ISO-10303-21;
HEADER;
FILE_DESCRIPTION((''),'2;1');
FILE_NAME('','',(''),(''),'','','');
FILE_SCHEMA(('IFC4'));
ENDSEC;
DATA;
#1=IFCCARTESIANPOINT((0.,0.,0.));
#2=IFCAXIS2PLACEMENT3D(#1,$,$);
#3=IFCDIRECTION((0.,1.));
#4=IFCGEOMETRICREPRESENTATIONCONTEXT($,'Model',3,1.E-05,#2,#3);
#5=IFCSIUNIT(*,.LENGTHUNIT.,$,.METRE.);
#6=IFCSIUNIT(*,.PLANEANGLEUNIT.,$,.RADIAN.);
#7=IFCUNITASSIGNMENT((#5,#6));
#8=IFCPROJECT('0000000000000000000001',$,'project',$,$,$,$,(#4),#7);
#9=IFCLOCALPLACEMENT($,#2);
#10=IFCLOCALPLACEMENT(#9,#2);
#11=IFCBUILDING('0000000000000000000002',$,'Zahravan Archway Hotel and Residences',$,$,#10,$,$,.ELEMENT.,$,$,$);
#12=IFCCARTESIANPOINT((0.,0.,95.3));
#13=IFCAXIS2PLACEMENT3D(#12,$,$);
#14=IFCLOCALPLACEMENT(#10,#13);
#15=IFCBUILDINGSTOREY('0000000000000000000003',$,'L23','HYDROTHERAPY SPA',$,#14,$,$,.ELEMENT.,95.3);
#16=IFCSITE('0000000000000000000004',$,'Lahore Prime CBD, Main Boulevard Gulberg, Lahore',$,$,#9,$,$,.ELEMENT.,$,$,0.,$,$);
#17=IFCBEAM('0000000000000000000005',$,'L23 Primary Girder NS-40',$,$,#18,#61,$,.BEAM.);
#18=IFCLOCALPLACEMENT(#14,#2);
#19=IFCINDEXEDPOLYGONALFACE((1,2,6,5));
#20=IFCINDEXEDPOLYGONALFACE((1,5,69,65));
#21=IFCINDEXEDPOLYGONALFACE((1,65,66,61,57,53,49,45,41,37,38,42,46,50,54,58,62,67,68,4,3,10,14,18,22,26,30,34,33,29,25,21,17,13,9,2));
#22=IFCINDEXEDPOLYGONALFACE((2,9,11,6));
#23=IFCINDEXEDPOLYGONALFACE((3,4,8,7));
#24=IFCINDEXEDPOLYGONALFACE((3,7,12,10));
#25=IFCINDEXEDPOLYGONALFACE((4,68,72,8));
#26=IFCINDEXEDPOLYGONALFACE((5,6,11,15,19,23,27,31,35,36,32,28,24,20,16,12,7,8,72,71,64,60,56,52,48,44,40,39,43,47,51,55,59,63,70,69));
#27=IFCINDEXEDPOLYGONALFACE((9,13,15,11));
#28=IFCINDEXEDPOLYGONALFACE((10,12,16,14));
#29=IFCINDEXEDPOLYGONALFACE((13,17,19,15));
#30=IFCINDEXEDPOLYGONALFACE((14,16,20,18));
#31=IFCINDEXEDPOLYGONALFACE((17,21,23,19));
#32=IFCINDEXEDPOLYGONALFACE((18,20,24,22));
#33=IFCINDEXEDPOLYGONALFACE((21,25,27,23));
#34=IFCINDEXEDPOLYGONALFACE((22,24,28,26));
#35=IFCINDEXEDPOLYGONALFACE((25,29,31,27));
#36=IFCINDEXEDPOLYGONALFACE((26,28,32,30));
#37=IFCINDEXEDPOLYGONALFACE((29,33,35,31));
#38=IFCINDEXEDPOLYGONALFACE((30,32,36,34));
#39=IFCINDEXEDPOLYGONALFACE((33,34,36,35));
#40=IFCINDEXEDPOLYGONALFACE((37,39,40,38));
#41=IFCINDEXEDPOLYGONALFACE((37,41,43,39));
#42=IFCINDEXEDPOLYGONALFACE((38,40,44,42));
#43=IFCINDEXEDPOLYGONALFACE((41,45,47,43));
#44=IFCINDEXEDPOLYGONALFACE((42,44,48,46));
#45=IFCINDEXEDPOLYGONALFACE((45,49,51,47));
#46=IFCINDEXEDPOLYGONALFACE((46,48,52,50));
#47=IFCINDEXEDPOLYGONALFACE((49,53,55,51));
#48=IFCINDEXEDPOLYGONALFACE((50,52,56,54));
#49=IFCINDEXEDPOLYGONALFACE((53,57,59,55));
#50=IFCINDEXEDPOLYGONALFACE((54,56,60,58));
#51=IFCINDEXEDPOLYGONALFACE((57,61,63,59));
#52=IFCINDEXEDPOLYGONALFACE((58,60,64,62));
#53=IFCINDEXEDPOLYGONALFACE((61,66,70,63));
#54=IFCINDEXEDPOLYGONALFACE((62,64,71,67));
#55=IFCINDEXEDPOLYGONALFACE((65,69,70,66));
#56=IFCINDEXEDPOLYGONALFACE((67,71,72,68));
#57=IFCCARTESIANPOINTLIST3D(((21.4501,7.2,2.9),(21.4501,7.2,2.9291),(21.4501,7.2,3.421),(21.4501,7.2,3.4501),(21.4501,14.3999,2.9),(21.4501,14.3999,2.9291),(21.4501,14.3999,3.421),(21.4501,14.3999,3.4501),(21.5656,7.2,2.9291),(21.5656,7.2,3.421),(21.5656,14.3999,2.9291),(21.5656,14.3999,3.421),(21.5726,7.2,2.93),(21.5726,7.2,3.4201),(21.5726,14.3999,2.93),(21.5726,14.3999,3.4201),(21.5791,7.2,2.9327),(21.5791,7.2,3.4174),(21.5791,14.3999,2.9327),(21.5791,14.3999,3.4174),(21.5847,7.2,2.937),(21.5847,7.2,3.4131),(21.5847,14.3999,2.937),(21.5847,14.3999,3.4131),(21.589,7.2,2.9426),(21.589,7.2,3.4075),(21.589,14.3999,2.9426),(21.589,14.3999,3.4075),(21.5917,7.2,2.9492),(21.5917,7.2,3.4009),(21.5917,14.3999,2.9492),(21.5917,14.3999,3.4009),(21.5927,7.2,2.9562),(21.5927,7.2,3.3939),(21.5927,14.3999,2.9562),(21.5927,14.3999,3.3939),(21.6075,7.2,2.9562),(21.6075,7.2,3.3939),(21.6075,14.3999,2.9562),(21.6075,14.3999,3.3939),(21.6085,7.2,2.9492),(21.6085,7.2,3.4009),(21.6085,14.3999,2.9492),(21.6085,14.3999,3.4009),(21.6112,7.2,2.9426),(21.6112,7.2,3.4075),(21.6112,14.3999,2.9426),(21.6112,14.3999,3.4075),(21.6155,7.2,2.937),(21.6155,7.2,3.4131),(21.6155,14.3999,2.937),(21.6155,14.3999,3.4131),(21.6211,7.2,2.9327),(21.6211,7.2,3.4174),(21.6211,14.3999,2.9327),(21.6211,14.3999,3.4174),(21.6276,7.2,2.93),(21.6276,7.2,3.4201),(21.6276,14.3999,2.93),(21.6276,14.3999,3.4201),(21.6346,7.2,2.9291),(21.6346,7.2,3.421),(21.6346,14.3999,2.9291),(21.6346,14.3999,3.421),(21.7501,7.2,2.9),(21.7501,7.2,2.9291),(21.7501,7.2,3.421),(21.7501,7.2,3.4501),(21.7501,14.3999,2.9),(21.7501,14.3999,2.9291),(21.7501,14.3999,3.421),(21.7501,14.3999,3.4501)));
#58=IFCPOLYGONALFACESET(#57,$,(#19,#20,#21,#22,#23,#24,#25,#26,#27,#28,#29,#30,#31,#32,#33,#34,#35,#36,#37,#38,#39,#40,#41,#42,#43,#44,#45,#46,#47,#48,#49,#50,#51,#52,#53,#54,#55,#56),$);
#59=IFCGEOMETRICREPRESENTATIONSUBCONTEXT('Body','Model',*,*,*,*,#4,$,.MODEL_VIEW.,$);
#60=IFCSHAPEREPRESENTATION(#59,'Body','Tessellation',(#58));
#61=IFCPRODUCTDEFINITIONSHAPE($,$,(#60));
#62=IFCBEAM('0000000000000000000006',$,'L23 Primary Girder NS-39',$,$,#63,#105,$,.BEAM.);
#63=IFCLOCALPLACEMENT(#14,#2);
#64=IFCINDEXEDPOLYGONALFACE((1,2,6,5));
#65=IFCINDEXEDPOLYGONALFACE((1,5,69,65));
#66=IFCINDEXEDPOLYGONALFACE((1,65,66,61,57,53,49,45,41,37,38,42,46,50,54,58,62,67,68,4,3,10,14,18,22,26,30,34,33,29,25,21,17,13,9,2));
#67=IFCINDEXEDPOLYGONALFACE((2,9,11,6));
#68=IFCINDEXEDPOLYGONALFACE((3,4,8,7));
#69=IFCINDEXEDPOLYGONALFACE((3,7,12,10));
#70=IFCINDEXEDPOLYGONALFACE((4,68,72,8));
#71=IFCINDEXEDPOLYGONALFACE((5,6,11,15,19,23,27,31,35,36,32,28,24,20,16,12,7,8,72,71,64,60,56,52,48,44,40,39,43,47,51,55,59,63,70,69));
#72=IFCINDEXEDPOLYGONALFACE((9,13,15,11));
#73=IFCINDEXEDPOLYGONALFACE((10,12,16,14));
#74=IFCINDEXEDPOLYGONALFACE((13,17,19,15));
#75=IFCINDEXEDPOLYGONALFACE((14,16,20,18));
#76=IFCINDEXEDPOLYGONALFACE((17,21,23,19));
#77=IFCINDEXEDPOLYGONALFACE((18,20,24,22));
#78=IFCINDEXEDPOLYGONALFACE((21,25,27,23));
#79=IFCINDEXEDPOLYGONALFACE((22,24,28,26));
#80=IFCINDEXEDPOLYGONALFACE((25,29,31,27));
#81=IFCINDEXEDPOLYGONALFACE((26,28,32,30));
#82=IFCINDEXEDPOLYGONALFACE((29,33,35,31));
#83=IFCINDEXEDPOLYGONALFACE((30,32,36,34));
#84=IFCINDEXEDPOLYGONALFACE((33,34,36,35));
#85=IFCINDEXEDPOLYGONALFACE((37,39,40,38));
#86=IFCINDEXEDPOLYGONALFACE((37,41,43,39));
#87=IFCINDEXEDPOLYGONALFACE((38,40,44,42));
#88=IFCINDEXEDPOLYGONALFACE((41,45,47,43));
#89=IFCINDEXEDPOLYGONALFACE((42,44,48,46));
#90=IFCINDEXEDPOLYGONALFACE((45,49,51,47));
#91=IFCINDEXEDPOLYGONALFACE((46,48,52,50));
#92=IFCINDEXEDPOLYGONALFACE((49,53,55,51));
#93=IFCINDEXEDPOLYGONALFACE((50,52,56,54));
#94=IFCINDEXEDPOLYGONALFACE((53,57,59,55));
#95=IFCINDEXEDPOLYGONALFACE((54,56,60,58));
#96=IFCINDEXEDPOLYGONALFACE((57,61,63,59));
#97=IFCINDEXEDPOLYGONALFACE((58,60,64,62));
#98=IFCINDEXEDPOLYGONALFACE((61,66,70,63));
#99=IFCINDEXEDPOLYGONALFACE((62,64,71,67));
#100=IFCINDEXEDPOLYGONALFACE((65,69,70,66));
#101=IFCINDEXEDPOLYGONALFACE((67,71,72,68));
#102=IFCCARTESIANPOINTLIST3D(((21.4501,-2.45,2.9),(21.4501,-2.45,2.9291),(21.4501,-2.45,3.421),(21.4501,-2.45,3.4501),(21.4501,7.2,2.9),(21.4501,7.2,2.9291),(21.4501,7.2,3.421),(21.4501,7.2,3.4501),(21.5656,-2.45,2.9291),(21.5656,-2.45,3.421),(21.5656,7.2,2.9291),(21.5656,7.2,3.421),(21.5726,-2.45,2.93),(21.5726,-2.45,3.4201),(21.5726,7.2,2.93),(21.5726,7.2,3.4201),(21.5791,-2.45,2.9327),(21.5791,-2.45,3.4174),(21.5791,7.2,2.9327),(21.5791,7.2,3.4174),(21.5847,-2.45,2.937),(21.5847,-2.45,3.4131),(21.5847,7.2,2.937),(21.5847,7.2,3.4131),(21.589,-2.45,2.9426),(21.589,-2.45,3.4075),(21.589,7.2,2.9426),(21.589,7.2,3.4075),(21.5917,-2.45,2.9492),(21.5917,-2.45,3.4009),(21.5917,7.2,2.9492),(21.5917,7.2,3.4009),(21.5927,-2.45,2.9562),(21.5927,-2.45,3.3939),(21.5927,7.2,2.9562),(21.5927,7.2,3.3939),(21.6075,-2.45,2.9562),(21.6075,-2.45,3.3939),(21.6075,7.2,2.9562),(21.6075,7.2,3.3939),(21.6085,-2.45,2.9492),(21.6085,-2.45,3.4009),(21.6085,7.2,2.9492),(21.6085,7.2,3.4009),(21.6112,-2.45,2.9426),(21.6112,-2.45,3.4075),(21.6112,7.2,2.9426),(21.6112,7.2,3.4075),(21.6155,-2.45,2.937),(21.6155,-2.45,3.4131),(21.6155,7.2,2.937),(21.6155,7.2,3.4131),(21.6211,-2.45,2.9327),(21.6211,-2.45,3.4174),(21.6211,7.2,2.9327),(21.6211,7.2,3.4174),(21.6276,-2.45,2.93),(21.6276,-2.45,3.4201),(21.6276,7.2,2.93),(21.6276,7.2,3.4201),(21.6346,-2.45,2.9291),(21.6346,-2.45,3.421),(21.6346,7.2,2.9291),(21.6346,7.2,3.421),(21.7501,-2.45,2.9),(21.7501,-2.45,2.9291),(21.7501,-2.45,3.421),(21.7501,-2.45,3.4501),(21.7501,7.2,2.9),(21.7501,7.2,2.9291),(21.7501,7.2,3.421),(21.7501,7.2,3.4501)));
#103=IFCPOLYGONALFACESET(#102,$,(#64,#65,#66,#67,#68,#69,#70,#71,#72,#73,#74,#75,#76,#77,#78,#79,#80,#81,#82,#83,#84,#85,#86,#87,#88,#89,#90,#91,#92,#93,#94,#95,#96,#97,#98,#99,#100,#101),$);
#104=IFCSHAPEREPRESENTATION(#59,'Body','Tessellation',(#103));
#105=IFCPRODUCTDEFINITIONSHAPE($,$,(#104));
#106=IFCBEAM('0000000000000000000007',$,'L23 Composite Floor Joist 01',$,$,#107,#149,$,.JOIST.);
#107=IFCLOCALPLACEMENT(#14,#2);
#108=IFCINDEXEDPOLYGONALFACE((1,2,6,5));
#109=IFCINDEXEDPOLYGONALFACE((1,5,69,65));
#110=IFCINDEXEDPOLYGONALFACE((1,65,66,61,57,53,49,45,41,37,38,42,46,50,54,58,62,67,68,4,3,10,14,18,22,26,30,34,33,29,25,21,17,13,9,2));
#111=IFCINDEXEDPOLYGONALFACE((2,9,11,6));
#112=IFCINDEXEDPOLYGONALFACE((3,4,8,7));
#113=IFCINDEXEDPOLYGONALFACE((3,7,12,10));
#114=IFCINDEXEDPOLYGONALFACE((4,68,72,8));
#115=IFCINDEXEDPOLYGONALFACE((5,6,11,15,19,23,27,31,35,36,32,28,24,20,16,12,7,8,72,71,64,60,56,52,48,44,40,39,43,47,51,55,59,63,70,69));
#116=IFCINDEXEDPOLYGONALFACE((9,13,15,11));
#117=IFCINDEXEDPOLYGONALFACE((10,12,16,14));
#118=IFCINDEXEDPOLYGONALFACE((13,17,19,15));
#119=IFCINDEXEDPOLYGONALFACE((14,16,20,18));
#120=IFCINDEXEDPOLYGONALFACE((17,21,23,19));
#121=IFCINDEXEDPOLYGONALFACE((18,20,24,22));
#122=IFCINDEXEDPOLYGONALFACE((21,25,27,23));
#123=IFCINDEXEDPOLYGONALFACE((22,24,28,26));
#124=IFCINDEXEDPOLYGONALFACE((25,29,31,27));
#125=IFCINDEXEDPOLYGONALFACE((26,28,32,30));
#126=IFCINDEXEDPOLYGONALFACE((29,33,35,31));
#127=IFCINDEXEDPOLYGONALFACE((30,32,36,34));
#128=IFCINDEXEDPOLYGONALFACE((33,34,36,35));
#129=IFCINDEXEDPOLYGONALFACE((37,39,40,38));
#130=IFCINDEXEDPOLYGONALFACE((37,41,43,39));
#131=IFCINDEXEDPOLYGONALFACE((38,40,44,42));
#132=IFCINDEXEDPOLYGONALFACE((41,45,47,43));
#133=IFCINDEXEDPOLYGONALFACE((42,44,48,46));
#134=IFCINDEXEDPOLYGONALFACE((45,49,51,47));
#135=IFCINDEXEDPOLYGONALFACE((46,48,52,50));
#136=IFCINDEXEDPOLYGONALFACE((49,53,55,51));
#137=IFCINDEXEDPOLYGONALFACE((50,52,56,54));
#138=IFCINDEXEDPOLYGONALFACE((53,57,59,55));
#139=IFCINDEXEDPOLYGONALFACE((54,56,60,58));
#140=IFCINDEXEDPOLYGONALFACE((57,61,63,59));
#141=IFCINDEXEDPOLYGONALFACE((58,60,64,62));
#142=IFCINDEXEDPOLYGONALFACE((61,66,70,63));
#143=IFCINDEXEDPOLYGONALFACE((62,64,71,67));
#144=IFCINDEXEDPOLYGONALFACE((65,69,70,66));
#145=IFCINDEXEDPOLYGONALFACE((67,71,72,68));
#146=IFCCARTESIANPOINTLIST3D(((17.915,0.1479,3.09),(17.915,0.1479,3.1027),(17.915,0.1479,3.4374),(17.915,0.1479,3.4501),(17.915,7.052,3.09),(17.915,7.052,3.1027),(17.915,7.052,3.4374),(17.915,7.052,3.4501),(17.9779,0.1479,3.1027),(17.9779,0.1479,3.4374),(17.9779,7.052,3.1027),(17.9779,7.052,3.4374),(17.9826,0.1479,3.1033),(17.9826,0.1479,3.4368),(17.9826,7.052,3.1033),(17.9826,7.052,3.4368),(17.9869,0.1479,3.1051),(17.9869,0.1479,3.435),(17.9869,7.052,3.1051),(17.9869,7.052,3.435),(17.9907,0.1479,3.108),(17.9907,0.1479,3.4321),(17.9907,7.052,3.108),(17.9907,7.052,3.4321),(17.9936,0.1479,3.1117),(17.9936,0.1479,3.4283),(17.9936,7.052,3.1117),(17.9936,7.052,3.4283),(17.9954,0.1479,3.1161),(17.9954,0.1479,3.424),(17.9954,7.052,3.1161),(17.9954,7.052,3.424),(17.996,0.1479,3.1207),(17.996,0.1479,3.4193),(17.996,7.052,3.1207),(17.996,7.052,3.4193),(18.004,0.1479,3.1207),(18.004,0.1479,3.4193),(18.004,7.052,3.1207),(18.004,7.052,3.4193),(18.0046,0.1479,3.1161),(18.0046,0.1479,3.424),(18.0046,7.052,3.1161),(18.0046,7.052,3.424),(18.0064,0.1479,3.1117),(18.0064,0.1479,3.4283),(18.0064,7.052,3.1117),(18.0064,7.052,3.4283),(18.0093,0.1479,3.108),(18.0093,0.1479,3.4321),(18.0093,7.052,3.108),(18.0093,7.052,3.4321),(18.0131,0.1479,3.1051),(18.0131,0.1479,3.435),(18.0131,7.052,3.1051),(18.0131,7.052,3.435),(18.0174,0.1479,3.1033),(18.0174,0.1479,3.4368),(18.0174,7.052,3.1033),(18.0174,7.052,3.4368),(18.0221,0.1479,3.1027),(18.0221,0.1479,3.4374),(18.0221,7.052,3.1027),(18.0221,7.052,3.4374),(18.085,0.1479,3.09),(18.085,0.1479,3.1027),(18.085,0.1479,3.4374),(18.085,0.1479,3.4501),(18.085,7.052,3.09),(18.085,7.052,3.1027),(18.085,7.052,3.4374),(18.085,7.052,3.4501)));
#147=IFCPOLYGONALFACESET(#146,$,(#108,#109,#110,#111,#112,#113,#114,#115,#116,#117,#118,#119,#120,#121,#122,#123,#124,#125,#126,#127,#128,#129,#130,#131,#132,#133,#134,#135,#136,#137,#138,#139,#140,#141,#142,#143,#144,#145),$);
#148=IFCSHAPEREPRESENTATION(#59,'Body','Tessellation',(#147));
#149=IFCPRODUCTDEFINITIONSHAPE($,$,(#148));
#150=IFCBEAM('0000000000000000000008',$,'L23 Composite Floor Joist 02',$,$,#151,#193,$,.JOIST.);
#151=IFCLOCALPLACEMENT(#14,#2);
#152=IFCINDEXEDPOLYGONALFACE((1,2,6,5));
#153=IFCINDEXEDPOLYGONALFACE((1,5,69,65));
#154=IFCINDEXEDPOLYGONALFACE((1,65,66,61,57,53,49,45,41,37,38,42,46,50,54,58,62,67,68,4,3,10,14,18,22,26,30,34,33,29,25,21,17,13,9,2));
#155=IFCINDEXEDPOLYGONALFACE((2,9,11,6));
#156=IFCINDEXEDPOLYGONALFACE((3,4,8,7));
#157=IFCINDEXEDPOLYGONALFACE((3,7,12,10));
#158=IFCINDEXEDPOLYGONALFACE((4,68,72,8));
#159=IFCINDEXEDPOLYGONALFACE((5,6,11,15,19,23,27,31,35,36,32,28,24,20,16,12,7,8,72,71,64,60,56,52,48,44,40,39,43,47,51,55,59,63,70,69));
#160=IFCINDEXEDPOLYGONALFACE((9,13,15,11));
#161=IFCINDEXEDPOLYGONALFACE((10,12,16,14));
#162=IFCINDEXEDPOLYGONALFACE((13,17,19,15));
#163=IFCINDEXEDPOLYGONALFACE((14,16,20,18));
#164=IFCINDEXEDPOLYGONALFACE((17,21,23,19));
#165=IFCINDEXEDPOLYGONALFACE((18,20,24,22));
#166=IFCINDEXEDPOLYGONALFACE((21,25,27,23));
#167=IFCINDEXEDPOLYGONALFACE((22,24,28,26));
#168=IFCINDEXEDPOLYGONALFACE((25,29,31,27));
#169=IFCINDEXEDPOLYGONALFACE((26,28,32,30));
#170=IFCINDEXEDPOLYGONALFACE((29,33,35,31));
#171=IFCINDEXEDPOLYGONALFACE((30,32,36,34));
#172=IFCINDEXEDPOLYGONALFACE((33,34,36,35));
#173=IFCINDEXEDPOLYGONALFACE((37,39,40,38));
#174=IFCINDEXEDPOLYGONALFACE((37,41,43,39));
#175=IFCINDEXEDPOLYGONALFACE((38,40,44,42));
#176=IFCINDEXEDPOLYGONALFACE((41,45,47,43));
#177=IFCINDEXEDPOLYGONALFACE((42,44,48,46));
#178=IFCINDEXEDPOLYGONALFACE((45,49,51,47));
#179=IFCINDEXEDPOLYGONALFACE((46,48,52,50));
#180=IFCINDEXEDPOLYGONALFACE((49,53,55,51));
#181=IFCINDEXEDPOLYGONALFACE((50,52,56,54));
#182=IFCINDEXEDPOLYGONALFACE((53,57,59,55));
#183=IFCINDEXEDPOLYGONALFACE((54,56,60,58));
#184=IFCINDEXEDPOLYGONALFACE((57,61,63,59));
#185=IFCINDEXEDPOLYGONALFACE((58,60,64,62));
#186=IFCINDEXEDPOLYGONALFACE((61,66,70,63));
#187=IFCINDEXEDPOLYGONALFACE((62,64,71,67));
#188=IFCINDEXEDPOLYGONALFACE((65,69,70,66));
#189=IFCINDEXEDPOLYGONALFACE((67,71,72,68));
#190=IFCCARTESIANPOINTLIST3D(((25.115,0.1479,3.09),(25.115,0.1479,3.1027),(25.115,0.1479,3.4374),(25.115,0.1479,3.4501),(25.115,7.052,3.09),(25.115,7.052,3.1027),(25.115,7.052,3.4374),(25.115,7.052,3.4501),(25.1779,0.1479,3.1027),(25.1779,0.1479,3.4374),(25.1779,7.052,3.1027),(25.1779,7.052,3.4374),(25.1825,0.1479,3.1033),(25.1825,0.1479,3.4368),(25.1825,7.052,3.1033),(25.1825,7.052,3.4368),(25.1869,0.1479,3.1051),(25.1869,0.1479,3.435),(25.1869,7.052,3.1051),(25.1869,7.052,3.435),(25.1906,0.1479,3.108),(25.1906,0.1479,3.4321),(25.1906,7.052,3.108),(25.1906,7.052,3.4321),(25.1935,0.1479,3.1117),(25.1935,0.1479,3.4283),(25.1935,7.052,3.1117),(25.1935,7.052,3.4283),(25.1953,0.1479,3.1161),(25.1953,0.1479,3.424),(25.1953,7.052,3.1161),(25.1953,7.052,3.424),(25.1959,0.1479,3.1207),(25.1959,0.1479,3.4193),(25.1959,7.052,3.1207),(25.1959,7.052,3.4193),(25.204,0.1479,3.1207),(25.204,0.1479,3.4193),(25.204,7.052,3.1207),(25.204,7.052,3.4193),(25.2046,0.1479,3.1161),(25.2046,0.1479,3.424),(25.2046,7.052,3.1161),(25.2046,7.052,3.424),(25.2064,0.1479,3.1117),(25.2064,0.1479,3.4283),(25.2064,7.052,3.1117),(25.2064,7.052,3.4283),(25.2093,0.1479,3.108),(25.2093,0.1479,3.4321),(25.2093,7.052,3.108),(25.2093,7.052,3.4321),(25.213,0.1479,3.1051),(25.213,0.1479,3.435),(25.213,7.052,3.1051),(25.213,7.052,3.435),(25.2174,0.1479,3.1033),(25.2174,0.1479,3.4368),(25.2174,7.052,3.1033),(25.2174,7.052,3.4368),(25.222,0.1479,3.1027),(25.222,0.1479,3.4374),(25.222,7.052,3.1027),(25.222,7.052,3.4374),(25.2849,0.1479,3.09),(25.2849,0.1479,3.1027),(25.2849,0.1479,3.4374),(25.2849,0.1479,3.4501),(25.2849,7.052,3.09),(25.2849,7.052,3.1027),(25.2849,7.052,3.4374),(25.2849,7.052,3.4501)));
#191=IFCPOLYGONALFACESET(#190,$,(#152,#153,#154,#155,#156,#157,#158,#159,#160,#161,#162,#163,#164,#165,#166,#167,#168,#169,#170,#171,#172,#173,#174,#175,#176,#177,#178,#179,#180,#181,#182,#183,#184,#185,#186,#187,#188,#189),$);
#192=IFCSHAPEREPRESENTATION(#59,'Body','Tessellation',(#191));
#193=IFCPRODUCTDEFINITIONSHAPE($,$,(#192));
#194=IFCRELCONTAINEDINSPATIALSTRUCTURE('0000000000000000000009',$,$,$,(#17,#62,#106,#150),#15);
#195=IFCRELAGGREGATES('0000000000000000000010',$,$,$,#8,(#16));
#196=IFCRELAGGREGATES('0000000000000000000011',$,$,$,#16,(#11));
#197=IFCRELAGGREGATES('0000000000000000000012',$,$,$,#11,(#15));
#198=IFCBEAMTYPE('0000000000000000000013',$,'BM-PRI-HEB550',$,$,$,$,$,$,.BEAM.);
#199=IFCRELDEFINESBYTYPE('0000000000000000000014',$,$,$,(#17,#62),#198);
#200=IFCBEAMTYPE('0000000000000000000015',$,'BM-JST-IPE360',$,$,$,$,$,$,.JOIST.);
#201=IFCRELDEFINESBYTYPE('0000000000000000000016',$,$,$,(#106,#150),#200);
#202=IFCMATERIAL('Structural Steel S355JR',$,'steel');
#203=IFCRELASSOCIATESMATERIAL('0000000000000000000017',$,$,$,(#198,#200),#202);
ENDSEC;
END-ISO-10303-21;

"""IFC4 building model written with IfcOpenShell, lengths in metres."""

from ifc_helpers import new_model, si_unit, direction, frame, origin, origin_2d, place, context, subcontext, project, spatial, i_section, extrude, source, transform, mapped, material, material_profile, profile_set, type_object, type_shapes, element, save


model = new_model("IFC4")

# Units and contexts
model_context = context("Model", 3, precision=1e-05, world=origin(), true_north=direction((0.0, 1.0)))
body_context = subcontext(model_context, "Body", "Model", "MODEL_VIEW")
ifc_project = project(units=[si_unit("LENGTHUNIT", "METRE"), si_unit("PLANEANGLEUNIT", "RADIAN")], contexts=[model_context])

# Site, building, storey
site_placement = place(None, origin())
site = spatial("IfcSite", under=ifc_project, at=site_placement, Name="Lahore Prime CBD, Main Boulevard Gulberg, Lahore", CompositionType="ELEMENT", RefElevation=0.0)
building_placement = place(site_placement, origin())
building = spatial("IfcBuilding", under=site, at=building_placement, Name="Zahravan Archway Hotel and Residences", CompositionType="ELEMENT")
storey_placement = place(building_placement, frame((0.0, 0.0, 95.3)))
storey = spatial("IfcBuildingStorey", under=building, at=storey_placement, Name="L23", Description="HYDROTHERAPY SPA", CompositionType="ELEMENT", Elevation=95.3)

# Beams
ifc_material_1 = material(Name="Structural Steel S355JR", Category="steel")
ifc_material_profile_1 = material_profile(ifc_material_1, i_section(OverallWidth=0.3, OverallDepth=0.55, WebThickness=0.0149, FlangeThickness=0.0291, FilletRadius=0.0271, at=origin_2d()), Name="HEB 550", Category="steel")
ifc_profile_set_1 = profile_set([ifc_material_profile_1], Name="Structural Steel S355JR")
beam_type_1 = type_object("IfcBeamType", Name="BM-PRI-HEB550", PredefinedType="BEAM", material=ifc_profile_set_1)
shared_shape_1 = source(origin(), body_context, "Body", "SweptSolid", [
    extrude(i_section(OverallWidth=0.3, OverallDepth=0.55, WebThickness=0.0149, FlangeThickness=0.0291, FilletRadius=0.0271, at=origin_2d()), origin(), (0.0, 0.0, 1.0), 7.2),
])
for number, where, z_axis, x_axis, name in (
    (1, (21.6001, 7.2, 3.175), (0.0, 1.0, 0.0), (-1.0, 0.0, 0.0), "L23 Primary Girder NS-40"),
):
    element("IfcBeam", number, at=place(storey_placement, frame(where, z_axis=z_axis, x_axis=x_axis)), inside=storey, type_object=beam_type_1, Name=name, PredefinedType="BEAM", context=body_context, shape_type="MappedRepresentation", body=[
        mapped(shared_shape_1, transform((0.0, 0.0, 0.0), scale=1.0)),
    ])
shared_shape_2 = source(origin(), body_context, "Body", "SweptSolid", [
    extrude(i_section(OverallWidth=0.3, OverallDepth=0.55, WebThickness=0.0149, FlangeThickness=0.0291, FilletRadius=0.0271, at=origin_2d()), origin(), (0.0, 0.0, 1.0), 9.6499),
])
beam_1_placement = place(storey_placement, frame((21.6001, -2.45, 3.175), z_axis=(0.0, 1.0, 0.0), x_axis=(-1.0, 0.0, 0.0)))
element("IfcBeam", 2, at=beam_1_placement, inside=storey, type_object=beam_type_1, Name="L23 Primary Girder NS-39", PredefinedType="BEAM", context=body_context, shape_type="MappedRepresentation", body=[
    mapped(shared_shape_2, transform((0.0, 0.0, 0.0), scale=1.0)),
])
ifc_material_profile_2 = material_profile(ifc_material_1, i_section(OverallWidth=0.1699, OverallDepth=0.3601, WebThickness=0.0081, FlangeThickness=0.0127, FilletRadius=0.0181, at=origin_2d()), Name="IPE 360", Category="steel")
ifc_profile_set_2 = profile_set([ifc_material_profile_2], Name="Structural Steel S355JR")
beam_type_2 = type_object("IfcBeamType", Name="BM-JST-IPE360", PredefinedType="JOIST", material=ifc_profile_set_2)
shared_shape_3 = source(origin(), body_context, "Body", "SweptSolid", [
    extrude(i_section(OverallWidth=0.1699, OverallDepth=0.3601, WebThickness=0.0081, FlangeThickness=0.0127, FilletRadius=0.0181, at=origin_2d()), origin(), (0.0, 0.0, 1.0), 6.9041),
])
type_shapes(beam_type_2, [shared_shape_3])
for number, where, z_axis, x_axis, name in (
    (3, (18.0, 0.1479, 3.27), (0.0, 1.0, 0.0), (-1.0, 0.0, 0.0), "L23 Composite Floor Joist 01"),
    (4, (25.2, 0.1479, 3.27), (0.0, 1.0, 0.0), (-1.0, 0.0, 0.0), "L23 Composite Floor Joist 02"),
):
    element("IfcBeam", number, at=place(storey_placement, frame(where, z_axis=z_axis, x_axis=x_axis)), inside=storey, type_object=beam_type_2, Name=name, PredefinedType="JOIST", context=body_context, shape_type="MappedRepresentation", body=[
        mapped(shared_shape_3, transform((0.0, 0.0, 0.0), scale=1.0)),
    ])

save(model, "model.ifc")
